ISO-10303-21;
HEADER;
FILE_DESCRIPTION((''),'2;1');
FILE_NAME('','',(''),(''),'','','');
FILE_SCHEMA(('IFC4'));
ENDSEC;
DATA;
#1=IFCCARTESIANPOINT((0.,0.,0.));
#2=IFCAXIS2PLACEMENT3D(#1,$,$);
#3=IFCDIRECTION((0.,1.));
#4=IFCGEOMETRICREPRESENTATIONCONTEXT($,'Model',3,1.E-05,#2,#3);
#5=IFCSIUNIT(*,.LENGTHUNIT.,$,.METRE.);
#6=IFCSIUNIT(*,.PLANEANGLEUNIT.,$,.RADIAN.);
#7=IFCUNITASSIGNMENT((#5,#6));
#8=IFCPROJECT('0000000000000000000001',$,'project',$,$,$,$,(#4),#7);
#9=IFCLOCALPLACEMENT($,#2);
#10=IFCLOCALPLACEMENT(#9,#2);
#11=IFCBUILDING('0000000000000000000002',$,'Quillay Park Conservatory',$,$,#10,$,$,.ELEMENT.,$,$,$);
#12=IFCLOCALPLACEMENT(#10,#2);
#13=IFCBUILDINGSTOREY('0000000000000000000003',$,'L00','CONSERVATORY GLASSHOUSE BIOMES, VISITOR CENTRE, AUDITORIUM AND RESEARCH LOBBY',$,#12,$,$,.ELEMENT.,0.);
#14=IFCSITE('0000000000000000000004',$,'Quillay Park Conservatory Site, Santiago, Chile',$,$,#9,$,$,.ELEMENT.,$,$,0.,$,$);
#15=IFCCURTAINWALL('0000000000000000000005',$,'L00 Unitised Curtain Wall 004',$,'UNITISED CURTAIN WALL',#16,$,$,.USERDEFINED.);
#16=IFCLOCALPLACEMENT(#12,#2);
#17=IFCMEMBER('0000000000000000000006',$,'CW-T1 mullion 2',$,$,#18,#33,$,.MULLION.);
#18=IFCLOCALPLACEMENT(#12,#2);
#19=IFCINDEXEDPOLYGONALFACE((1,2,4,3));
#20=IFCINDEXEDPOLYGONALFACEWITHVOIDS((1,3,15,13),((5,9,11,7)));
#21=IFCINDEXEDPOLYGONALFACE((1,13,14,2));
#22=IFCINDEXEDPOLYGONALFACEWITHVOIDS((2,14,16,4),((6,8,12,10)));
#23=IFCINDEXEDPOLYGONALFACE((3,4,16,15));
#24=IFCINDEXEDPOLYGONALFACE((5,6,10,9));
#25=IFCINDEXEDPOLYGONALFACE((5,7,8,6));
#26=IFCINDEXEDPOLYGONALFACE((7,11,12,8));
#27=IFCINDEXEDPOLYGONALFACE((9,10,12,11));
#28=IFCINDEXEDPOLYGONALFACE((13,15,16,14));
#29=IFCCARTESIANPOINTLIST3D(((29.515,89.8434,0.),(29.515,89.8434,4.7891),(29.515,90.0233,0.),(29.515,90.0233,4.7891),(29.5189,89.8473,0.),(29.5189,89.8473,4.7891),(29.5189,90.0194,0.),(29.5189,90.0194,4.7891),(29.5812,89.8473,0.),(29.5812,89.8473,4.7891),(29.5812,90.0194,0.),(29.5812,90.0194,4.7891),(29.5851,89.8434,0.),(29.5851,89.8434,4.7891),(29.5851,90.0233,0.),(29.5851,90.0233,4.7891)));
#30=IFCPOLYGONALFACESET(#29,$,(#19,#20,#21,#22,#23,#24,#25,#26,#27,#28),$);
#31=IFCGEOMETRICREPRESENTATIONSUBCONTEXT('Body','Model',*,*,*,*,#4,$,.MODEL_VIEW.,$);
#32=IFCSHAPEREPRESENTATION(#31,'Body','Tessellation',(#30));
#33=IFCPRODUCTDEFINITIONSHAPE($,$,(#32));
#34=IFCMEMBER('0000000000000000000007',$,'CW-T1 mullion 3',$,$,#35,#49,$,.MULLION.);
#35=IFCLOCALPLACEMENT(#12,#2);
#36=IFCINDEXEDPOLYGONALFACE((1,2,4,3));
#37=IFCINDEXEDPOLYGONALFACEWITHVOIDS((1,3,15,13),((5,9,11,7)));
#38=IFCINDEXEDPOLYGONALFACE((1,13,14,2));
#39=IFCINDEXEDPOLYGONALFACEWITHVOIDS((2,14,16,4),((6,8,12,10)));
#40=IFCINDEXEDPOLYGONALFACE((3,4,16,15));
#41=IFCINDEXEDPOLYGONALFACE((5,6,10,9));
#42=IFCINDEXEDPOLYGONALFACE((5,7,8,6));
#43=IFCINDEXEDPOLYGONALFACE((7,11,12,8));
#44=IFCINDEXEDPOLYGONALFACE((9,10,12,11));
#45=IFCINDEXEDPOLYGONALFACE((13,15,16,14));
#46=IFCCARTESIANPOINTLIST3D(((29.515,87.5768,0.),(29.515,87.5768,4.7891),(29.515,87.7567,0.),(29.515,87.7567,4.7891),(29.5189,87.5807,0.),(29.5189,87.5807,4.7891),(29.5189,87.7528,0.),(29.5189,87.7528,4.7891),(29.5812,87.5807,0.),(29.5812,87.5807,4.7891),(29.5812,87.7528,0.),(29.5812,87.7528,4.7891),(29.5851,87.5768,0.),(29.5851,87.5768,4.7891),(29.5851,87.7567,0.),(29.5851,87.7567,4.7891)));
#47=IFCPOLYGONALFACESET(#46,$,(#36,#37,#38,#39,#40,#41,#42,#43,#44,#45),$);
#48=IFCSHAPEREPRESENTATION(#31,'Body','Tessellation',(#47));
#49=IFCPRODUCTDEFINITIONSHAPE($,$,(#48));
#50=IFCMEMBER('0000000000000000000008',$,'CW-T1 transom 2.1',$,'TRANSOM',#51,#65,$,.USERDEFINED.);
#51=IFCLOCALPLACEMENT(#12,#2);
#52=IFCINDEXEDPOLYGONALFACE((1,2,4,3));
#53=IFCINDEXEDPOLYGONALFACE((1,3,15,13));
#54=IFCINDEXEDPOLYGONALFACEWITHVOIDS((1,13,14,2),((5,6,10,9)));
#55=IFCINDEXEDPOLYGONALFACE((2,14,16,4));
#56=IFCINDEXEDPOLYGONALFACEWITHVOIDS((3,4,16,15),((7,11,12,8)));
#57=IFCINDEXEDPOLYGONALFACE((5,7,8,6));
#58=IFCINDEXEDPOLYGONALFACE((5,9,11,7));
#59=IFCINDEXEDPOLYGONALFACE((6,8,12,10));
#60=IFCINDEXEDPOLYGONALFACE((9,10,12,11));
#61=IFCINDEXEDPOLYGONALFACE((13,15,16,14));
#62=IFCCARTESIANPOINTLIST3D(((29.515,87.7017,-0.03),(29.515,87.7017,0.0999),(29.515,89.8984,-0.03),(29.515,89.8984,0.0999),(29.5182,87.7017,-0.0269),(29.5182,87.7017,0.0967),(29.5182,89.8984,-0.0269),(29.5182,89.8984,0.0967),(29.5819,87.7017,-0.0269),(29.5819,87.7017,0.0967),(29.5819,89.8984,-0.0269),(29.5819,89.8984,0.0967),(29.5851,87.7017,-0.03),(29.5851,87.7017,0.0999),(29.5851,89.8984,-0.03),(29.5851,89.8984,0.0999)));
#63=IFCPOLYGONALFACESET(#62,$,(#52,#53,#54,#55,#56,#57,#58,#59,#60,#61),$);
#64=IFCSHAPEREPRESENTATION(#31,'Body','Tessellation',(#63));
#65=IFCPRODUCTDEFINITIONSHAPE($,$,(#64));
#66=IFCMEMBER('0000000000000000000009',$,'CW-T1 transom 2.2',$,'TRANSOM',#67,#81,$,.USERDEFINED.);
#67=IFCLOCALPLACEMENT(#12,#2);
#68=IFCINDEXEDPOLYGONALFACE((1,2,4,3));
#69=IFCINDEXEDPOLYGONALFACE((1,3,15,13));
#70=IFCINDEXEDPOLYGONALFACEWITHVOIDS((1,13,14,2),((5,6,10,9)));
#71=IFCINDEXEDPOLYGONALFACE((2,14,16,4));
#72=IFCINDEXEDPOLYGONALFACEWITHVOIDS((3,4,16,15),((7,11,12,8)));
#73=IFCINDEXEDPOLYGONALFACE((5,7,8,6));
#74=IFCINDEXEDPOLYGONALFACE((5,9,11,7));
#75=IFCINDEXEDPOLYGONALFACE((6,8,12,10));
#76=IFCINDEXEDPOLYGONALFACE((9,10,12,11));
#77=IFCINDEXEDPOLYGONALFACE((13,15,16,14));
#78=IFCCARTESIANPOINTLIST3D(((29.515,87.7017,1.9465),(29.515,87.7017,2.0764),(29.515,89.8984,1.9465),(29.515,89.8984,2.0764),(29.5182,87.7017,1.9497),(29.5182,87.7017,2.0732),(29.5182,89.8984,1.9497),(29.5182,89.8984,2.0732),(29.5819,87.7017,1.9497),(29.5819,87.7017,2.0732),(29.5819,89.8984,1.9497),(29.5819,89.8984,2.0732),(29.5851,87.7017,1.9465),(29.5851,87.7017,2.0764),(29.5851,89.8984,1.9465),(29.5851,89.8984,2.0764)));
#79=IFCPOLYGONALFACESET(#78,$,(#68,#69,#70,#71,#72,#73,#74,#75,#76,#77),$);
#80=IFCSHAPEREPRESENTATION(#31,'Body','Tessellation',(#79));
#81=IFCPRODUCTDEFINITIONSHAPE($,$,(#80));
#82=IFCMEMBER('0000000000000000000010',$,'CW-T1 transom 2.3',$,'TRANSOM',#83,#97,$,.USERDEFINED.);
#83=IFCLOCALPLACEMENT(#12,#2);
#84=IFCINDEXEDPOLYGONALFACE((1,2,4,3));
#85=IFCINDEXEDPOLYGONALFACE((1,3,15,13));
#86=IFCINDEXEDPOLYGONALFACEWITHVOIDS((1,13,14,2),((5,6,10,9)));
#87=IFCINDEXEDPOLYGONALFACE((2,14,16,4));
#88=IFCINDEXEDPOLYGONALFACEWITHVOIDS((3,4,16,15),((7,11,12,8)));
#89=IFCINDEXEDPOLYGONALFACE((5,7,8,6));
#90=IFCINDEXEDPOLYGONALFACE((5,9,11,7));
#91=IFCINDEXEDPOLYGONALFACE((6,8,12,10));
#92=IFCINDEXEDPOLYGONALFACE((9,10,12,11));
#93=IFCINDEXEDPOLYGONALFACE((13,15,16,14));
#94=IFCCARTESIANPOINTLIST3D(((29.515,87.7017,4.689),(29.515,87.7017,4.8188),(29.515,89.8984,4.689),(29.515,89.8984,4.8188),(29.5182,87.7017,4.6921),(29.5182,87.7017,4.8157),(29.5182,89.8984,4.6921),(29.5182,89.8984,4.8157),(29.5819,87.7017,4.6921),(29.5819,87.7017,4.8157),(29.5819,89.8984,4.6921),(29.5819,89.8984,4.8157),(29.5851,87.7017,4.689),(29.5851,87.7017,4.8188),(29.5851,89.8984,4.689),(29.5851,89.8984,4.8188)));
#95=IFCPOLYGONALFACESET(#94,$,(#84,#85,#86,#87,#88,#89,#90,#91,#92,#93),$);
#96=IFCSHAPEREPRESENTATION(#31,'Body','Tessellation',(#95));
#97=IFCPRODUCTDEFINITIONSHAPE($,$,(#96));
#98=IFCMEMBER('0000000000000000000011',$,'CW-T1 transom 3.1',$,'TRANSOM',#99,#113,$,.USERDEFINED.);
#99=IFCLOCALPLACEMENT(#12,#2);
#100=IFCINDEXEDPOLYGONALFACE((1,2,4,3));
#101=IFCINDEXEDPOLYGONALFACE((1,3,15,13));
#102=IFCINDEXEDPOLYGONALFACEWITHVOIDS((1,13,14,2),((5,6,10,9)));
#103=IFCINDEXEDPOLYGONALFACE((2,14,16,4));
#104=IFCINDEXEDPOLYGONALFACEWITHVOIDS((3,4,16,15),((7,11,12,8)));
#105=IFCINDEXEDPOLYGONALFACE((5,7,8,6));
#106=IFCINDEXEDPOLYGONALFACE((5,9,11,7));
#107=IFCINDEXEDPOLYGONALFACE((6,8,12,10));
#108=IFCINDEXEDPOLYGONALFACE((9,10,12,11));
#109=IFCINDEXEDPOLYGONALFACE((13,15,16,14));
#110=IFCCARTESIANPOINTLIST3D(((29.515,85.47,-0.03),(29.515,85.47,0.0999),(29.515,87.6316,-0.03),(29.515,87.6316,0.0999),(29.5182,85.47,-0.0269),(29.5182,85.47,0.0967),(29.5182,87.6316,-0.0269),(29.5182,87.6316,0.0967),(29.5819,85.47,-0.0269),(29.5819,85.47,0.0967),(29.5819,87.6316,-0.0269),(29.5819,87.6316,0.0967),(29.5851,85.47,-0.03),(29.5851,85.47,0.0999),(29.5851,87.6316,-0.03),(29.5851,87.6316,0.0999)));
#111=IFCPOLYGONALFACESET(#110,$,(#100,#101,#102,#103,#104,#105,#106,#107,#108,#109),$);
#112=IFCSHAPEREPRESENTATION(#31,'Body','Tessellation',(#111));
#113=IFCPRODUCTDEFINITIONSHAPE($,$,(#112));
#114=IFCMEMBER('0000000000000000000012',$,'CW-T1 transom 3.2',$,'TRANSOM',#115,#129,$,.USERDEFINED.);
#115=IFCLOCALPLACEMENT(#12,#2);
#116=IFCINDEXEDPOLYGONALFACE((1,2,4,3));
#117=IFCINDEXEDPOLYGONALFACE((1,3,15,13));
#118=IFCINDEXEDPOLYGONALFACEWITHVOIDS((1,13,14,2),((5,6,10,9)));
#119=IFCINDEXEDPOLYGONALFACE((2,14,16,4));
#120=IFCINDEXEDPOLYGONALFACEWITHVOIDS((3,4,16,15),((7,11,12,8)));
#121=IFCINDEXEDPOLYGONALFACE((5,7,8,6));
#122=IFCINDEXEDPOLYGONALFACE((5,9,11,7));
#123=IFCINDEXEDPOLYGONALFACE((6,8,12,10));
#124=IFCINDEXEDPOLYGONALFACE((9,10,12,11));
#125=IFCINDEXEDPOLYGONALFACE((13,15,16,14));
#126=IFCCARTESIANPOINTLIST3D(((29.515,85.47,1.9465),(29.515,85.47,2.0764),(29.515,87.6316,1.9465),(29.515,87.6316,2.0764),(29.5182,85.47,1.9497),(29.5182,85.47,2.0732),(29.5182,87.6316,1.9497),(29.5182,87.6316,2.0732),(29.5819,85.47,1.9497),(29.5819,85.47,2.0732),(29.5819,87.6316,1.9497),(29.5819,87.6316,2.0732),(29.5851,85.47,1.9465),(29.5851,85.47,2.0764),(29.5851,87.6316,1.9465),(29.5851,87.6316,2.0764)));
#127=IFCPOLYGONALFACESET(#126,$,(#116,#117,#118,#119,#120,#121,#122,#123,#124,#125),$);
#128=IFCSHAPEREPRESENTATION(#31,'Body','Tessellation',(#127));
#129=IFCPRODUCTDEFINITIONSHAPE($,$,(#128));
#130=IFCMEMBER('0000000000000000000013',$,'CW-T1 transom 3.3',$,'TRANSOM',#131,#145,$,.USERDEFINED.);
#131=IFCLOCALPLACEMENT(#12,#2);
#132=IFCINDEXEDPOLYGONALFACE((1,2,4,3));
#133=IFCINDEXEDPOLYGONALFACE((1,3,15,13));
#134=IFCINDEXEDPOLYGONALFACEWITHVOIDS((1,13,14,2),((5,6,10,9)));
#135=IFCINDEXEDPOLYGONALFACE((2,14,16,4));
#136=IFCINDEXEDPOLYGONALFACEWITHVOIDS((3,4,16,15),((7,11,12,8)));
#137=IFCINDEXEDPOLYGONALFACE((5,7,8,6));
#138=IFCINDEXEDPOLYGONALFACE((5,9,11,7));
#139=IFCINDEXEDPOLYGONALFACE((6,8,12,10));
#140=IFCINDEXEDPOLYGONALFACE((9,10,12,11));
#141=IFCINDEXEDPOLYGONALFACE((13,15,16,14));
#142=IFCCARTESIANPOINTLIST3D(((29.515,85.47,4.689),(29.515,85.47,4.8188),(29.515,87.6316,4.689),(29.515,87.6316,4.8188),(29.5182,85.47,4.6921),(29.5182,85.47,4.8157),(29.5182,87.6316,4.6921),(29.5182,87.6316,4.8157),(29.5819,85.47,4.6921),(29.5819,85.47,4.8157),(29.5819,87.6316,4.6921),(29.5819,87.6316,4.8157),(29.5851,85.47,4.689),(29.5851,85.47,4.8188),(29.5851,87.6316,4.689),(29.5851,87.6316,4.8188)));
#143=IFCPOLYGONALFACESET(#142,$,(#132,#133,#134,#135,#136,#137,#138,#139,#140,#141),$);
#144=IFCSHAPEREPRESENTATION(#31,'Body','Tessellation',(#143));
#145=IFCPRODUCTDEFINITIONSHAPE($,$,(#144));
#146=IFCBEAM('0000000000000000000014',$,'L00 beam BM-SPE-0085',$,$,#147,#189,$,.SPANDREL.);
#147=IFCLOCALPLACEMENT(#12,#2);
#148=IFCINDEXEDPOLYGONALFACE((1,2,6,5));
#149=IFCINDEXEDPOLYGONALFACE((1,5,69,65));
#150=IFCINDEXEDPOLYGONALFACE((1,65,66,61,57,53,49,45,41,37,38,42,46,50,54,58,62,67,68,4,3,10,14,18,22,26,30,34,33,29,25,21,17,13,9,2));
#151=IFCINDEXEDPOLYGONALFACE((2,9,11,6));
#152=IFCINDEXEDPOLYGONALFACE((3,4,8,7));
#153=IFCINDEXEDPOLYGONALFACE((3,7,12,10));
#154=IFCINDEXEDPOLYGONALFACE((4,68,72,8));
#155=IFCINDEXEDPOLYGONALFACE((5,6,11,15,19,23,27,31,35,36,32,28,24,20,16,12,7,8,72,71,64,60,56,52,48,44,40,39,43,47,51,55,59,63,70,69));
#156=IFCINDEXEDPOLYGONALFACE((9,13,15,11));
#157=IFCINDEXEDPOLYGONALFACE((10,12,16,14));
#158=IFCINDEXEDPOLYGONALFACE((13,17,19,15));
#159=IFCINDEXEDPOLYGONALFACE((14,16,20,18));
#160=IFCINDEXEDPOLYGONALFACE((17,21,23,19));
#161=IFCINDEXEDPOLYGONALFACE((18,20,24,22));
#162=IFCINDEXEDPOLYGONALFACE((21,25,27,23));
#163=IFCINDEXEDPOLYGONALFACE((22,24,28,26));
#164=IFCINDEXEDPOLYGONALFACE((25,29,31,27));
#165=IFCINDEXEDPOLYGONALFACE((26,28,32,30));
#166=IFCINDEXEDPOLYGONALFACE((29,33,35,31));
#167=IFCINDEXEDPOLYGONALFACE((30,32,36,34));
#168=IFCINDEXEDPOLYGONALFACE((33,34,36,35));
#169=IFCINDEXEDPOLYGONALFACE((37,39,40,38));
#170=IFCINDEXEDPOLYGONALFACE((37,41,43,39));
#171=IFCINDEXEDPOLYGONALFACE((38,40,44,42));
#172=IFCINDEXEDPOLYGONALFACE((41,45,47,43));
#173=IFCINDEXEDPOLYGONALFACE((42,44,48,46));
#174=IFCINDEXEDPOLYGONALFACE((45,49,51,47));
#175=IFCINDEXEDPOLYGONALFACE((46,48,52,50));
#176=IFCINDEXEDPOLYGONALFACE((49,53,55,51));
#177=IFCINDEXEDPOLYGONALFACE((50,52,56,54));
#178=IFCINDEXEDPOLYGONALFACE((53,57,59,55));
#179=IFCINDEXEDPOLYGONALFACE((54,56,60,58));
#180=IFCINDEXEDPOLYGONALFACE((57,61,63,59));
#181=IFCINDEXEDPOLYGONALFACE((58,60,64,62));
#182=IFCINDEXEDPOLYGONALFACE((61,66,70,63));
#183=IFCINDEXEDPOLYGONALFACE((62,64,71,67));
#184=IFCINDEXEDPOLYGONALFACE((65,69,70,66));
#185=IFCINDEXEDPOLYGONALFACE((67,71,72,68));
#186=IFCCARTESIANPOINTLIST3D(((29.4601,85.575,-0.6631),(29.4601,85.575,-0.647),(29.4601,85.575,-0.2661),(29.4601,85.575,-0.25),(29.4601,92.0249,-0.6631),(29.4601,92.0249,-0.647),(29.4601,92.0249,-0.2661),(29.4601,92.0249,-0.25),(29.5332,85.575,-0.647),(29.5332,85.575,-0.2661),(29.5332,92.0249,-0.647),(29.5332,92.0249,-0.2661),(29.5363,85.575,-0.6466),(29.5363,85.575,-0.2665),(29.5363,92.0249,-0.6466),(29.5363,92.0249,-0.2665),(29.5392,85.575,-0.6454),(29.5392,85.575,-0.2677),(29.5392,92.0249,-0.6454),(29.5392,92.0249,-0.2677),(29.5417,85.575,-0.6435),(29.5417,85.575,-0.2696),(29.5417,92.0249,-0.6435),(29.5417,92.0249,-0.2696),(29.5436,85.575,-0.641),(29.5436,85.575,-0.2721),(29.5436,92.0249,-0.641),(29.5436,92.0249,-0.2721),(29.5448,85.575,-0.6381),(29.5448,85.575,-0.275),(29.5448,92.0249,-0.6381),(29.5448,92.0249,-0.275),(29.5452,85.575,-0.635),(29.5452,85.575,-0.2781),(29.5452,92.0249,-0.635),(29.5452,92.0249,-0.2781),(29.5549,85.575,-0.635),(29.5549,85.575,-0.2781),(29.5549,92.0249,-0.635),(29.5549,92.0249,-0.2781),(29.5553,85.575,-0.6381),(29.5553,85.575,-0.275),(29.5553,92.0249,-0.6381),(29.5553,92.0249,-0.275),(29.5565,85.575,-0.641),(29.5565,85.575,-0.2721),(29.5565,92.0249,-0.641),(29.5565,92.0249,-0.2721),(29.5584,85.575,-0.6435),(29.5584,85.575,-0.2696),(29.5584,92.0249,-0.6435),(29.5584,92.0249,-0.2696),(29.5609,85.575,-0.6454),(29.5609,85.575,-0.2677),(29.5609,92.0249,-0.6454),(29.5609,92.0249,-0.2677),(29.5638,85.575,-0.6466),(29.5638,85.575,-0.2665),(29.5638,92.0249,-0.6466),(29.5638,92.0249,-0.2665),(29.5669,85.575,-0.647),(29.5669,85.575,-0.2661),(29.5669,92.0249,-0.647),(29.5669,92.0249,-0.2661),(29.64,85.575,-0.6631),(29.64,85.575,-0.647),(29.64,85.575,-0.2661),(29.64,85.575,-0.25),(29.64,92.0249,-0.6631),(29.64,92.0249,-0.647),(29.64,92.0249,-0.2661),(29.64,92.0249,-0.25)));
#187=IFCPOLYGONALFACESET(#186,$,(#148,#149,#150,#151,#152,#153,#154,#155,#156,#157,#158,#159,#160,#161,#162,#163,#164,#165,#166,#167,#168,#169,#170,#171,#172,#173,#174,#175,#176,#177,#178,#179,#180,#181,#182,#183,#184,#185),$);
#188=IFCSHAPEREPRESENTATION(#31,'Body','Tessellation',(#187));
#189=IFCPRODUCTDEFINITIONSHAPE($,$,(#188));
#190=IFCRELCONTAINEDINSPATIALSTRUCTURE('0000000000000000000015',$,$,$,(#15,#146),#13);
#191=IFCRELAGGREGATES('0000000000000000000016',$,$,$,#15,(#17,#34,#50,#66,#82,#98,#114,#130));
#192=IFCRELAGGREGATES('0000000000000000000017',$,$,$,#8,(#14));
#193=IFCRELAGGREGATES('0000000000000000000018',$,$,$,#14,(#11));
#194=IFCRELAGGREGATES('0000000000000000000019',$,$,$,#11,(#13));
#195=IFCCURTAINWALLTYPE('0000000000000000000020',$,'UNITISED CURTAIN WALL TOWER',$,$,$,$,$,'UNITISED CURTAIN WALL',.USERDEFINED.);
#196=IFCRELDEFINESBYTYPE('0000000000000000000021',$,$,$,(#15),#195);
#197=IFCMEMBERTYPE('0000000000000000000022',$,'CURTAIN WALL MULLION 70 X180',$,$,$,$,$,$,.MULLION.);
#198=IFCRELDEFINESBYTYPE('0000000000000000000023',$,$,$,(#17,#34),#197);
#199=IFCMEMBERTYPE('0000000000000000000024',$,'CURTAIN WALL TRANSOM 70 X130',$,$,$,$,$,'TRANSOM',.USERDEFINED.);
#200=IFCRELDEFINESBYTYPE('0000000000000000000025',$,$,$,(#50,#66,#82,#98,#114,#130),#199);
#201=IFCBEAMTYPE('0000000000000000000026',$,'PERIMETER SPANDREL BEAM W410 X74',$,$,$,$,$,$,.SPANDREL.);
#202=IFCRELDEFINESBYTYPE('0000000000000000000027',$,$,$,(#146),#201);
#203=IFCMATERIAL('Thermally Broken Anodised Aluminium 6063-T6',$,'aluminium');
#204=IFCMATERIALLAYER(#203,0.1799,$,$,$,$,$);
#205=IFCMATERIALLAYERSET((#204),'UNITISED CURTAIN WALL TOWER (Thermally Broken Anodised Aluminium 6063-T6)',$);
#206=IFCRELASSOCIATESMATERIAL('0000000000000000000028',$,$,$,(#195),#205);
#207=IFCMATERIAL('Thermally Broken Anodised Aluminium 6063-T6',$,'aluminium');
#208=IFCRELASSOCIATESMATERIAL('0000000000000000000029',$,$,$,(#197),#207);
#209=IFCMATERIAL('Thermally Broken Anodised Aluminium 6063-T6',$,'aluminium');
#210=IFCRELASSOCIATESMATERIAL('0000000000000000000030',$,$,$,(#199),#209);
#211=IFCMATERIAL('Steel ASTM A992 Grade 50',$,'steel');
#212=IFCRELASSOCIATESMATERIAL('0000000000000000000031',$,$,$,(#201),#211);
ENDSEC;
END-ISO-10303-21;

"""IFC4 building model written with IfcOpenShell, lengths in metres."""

from ifc_helpers import new_model, si_unit, direction, frame, origin, origin_2d, place, context, subcontext, project, spatial, hollow_rectangle, i_section, extrude, material, layer, layer_set, material_profile, profile_set, type_object, element, aggregate, save


model = new_model("IFC4")

# Units and contexts
model_context = context("Model", 3, precision=1e-05, world=origin(), true_north=direction((0.0, 1.0)))
body_context = subcontext(model_context, "Body", "Model", "MODEL_VIEW")
ifc_project = project(units=[si_unit("LENGTHUNIT", "METRE"), si_unit("PLANEANGLEUNIT", "RADIAN")], contexts=[model_context])

# Site, building, storey
site_placement = place(None, origin())
site = spatial("IfcSite", under=ifc_project, at=site_placement, Name="Quillay Park Conservatory Site, Santiago, Chile", CompositionType="ELEMENT", RefElevation=0.0)
building_placement = place(site_placement, origin())
building = spatial("IfcBuilding", under=site, at=building_placement, Name="Quillay Park Conservatory", CompositionType="ELEMENT")
storey_placement = place(building_placement, origin())
storey = spatial("IfcBuildingStorey", under=building, at=storey_placement, Name="L00", Description="CONSERVATORY GLASSHOUSE BIOMES, VISITOR CENTRE, AUDITORIUM AND RESEARCH LOBBY", CompositionType="ELEMENT", Elevation=0.0)

# Curtain wall, members
ifc_material_1 = material(Name="Thermally Broken Anodised Aluminium 6063-T6", Category="aluminium")
ifc_layer_1 = layer(ifc_material_1, 0.1799)
ifc_layer_set_1 = layer_set([ifc_layer_1], Name="UNITISED CURTAIN WALL TOWER (Thermally Broken Anodised Aluminium 6063-T6)")
curtain_wall_type = type_object("IfcCurtainWallType", Name="UNITISED CURTAIN WALL TOWER", ElementType="UNITISED CURTAIN WALL", PredefinedType="USERDEFINED", material=ifc_layer_set_1)
curtain_wall_placement = place(storey_placement, origin())
curtain_wall = element("IfcCurtainWall", 1, at=curtain_wall_placement, inside=storey, type_object=curtain_wall_type, Name="L00 Unitised Curtain Wall 004", ObjectType="UNITISED CURTAIN WALL", PredefinedType="USERDEFINED")
ifc_material_2 = material(Name="Thermally Broken Anodised Aluminium 6063-T6", Category="aluminium")
ifc_material_profile_1 = material_profile(ifc_material_2, hollow_rectangle(XDim=0.0701, YDim=0.1799, WallThickness=0.0039, at=origin_2d()), Name="AL70x180x4")
ifc_profile_set_1 = profile_set([ifc_material_profile_1], Name="Thermally Broken Anodised Aluminium 6063-T6")
member_type_1 = type_object("IfcMemberType", Name="CURTAIN WALL MULLION 70 X180", PredefinedType="MULLION", material=ifc_profile_set_1)
member_1_placement = place(storey_placement, frame((29.55, 89.9333, 0.0), z_axis=(0.0, 0.0, 1.0), x_axis=(1.0, 0.0, 0.0)))
member_1 = element("IfcMember", 2, at=member_1_placement, type_object=member_type_1, Name="CW-T1 mullion 2", PredefinedType="MULLION", context=body_context, shape_type="SweptSolid", body=[
    extrude(hollow_rectangle(XDim=0.0701, YDim=0.1799, WallThickness=0.0039, at=origin_2d()), origin(), (0.0, 0.0, 1.0), 4.7891),
])
member_2_placement = place(storey_placement, frame((29.55, 87.6667, 0.0), z_axis=(0.0, 0.0, 1.0), x_axis=(1.0, 0.0, 0.0)))
member_2 = element("IfcMember", 3, at=member_2_placement, type_object=member_type_1, Name="CW-T1 mullion 3", PredefinedType="MULLION", context=body_context, shape_type="SweptSolid", body=[
    extrude(hollow_rectangle(XDim=0.0701, YDim=0.1799, WallThickness=0.0039, at=origin_2d()), origin(), (0.0, 0.0, 1.0), 4.7891),
])
ifc_material_3 = material(Name="Thermally Broken Anodised Aluminium 6063-T6", Category="aluminium")
ifc_material_profile_2 = material_profile(ifc_material_3, hollow_rectangle(XDim=0.0701, YDim=0.1299, WallThickness=0.0032, at=origin_2d()), Name="AL70x130x3.2")
ifc_profile_set_2 = profile_set([ifc_material_profile_2], Name="Thermally Broken Anodised Aluminium 6063-T6")
member_type_2 = type_object("IfcMemberType", Name="CURTAIN WALL TRANSOM 70 X130", ElementType="TRANSOM", PredefinedType="USERDEFINED", material=ifc_profile_set_2)
member_3_placement = place(storey_placement, frame((29.55, 89.8984, 0.0349), z_axis=(0.0, -1.0, 0.0), x_axis=(1.0, 0.0, 0.0)))
member_3 = element("IfcMember", 4, at=member_3_placement, type_object=member_type_2, Name="CW-T1 transom 2.1", ObjectType="TRANSOM", PredefinedType="USERDEFINED", context=body_context, shape_type="SweptSolid", body=[
    extrude(hollow_rectangle(XDim=0.0701, YDim=0.1299, WallThickness=0.0032, at=origin_2d()), origin(), (0.0, 0.0, 1.0), 2.1968),
])
member_4_placement = place(storey_placement, frame((29.55, 89.8984, 2.0115), z_axis=(0.0, -1.0, 0.0), x_axis=(1.0, 0.0, 0.0)))
member_4 = element("IfcMember", 5, at=member_4_placement, type_object=member_type_2, Name="CW-T1 transom 2.2", ObjectType="TRANSOM", PredefinedType="USERDEFINED", context=body_context, shape_type="SweptSolid", body=[
    extrude(hollow_rectangle(XDim=0.0701, YDim=0.1299, WallThickness=0.0032, at=origin_2d()), origin(), (0.0, 0.0, 1.0), 2.1968),
])
member_5_placement = place(storey_placement, frame((29.55, 89.8984, 4.7539), z_axis=(0.0, -1.0, 0.0), x_axis=(1.0, 0.0, 0.0)))
member_5 = element("IfcMember", 6, at=member_5_placement, type_object=member_type_2, Name="CW-T1 transom 2.3", ObjectType="TRANSOM", PredefinedType="USERDEFINED", context=body_context, shape_type="SweptSolid", body=[
    extrude(hollow_rectangle(XDim=0.0701, YDim=0.1299, WallThickness=0.0032, at=origin_2d()), origin(), (0.0, 0.0, 1.0), 2.1968),
])
member_6_placement = place(storey_placement, frame((29.55, 87.6316, 0.0349), z_axis=(0.0, -1.0, 0.0), x_axis=(1.0, 0.0, 0.0)))
member_6 = element("IfcMember", 7, at=member_6_placement, type_object=member_type_2, Name="CW-T1 transom 3.1", ObjectType="TRANSOM", PredefinedType="USERDEFINED", context=body_context, shape_type="SweptSolid", body=[
    extrude(hollow_rectangle(XDim=0.0701, YDim=0.1299, WallThickness=0.0032, at=origin_2d()), origin(), (0.0, 0.0, 1.0), 2.1616),
])
member_7_placement = place(storey_placement, frame((29.55, 87.6316, 2.0115), z_axis=(0.0, -1.0, 0.0), x_axis=(1.0, 0.0, 0.0)))
member_7 = element("IfcMember", 8, at=member_7_placement, type_object=member_type_2, Name="CW-T1 transom 3.2", ObjectType="TRANSOM", PredefinedType="USERDEFINED", context=body_context, shape_type="SweptSolid", body=[
    extrude(hollow_rectangle(XDim=0.0701, YDim=0.1299, WallThickness=0.0032, at=origin_2d()), origin(), (0.0, 0.0, 1.0), 2.1616),
])
member_8_placement = place(storey_placement, frame((29.55, 87.6316, 4.7539), z_axis=(0.0, -1.0, 0.0), x_axis=(1.0, 0.0, 0.0)))
member_8 = element("IfcMember", 9, at=member_8_placement, type_object=member_type_2, Name="CW-T1 transom 3.3", ObjectType="TRANSOM", PredefinedType="USERDEFINED", context=body_context, shape_type="SweptSolid", body=[
    extrude(hollow_rectangle(XDim=0.0701, YDim=0.1299, WallThickness=0.0032, at=origin_2d()), origin(), (0.0, 0.0, 1.0), 2.1616),
])

# Beam
ifc_material_4 = material(Name="Steel ASTM A992 Grade 50", Category="steel")
ifc_material_profile_3 = material_profile(ifc_material_4, i_section(OverallWidth=0.1799, OverallDepth=0.4131, WebThickness=0.0098, FlangeThickness=0.0161, FilletRadius=0.012, at=origin_2d()), Name="W410x74")
ifc_profile_set_3 = profile_set([ifc_material_profile_3], Name="Steel ASTM A992 Grade 50")
beam_type_1 = type_object("IfcBeamType", Name="PERIMETER SPANDREL BEAM W410 X74", PredefinedType="SPANDREL", material=ifc_profile_set_3)
beam_1_placement = place(storey_placement, frame((29.55, 85.575, -0.4565), z_axis=(0.0, 1.0, 0.0), x_axis=(-1.0, 0.0, 0.0)))
element("IfcBeam", 10, at=beam_1_placement, inside=storey, type_object=beam_type_1, Name="L00 beam BM-SPE-0085", PredefinedType="SPANDREL", context=body_context, shape_type="SweptSolid", body=[
    extrude(i_section(OverallWidth=0.1799, OverallDepth=0.4131, WebThickness=0.0098, FlangeThickness=0.0161, FilletRadius=0.012, at=origin_2d()), origin(), (0.0, 0.0, 1.0), 6.45),
])

aggregate(curtain_wall, [member_1, member_2, member_3, member_4, member_5, member_6, member_7, member_8])

save(model, "model.ifc")
